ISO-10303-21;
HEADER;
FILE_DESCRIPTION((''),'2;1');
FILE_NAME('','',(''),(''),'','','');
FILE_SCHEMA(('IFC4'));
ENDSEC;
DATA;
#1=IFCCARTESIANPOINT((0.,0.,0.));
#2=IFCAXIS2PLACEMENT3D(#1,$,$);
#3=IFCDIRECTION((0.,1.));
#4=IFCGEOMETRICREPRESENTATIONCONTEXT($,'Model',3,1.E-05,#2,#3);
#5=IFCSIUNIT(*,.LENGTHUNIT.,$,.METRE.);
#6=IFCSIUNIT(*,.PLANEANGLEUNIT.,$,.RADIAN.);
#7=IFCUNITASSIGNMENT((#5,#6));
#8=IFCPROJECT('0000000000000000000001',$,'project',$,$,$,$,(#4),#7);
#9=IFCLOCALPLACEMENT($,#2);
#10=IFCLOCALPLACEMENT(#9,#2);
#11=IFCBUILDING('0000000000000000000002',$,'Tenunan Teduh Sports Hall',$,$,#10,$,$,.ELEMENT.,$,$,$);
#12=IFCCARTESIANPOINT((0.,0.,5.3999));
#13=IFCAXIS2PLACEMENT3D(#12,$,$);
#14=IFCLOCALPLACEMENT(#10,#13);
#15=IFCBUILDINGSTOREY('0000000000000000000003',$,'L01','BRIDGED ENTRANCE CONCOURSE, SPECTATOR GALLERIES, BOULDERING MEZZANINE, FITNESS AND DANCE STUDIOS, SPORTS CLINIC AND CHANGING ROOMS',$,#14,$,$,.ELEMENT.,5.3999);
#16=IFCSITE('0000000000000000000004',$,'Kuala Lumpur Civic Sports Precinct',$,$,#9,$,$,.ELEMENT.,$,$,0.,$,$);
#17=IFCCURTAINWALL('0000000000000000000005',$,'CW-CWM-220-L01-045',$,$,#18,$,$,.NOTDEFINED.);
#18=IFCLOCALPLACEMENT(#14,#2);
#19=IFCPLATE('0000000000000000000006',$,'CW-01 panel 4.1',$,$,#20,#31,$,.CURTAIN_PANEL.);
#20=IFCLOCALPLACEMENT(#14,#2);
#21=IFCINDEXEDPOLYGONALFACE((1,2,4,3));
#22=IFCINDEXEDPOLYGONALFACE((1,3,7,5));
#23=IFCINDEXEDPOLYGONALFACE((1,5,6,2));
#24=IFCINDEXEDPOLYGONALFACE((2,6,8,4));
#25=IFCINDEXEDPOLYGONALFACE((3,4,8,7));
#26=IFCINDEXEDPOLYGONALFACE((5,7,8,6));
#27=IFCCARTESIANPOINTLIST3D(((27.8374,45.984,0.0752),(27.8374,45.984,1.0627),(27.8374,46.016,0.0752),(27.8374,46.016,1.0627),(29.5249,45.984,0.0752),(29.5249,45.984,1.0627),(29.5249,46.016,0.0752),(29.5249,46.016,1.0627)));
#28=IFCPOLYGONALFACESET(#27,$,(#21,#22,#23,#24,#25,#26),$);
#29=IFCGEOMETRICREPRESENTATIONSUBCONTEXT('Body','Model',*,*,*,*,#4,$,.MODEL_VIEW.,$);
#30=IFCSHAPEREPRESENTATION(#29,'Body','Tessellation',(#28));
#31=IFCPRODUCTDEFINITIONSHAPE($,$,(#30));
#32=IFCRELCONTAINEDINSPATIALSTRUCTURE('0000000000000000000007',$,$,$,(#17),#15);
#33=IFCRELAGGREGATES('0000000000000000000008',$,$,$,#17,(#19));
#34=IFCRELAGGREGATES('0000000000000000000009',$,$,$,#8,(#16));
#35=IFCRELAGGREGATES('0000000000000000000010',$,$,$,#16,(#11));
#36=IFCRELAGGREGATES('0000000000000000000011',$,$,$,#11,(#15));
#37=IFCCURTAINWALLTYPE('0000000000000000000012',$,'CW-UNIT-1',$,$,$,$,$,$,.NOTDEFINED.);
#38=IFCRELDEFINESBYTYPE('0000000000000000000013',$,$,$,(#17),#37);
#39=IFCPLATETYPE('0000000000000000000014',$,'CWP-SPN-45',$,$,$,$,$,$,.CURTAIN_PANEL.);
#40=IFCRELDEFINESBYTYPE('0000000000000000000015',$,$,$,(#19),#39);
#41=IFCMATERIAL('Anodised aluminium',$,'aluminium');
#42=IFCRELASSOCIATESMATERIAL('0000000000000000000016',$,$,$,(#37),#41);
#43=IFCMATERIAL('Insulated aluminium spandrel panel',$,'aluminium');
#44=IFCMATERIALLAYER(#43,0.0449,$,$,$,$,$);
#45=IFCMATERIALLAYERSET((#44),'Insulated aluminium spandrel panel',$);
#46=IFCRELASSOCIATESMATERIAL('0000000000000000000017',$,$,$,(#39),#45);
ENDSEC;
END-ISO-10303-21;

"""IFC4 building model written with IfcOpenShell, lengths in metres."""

from ifc_helpers import new_model, si_unit, direction, frame, origin, origin_2d, place, context, subcontext, project, spatial, rectangle, extrude, material, layer, layer_set, type_object, element, aggregate, save


model = new_model("IFC4")

# Units and contexts
model_context = context("Model", 3, precision=1e-05, world=origin(), true_north=direction((0.0, 1.0)))
body_context = subcontext(model_context, "Body", "Model", "MODEL_VIEW")
ifc_project = project(units=[si_unit("LENGTHUNIT", "METRE"), si_unit("PLANEANGLEUNIT", "RADIAN")], contexts=[model_context])

# Site, building, storey
site_placement = place(None, origin())
site = spatial("IfcSite", under=ifc_project, at=site_placement, Name="Kuala Lumpur Civic Sports Precinct", CompositionType="ELEMENT", RefElevation=0.0)
building_placement = place(site_placement, origin())
building = spatial("IfcBuilding", under=site, at=building_placement, Name="Tenunan Teduh Sports Hall", CompositionType="ELEMENT")
storey_placement = place(building_placement, frame((0.0, 0.0, 5.3999)))
storey = spatial("IfcBuildingStorey", under=building, at=storey_placement, Name="L01", Description="BRIDGED ENTRANCE CONCOURSE, SPECTATOR GALLERIES, BOULDERING MEZZANINE, FITNESS AND DANCE STUDIOS, SPORTS CLINIC AND CHANGING ROOMS", CompositionType="ELEMENT", Elevation=5.3999)

# Shared definitions
ifc_material_1 = material(Name="Anodised aluminium", Category="aluminium")
curtain_wall_type = type_object("IfcCurtainWallType", Name="CW-UNIT-1", PredefinedType="NOTDEFINED", material=ifc_material_1)

# Curtain wall
curtain_wall_1_placement = place(storey_placement, origin())
curtain_wall_1 = element("IfcCurtainWall", 1, at=curtain_wall_1_placement, inside=storey, type_object=curtain_wall_type, Name="CW-CWM-220-L01-045", PredefinedType="NOTDEFINED")

# Plate
ifc_material_2 = material(Name="Insulated aluminium spandrel panel", Category="aluminium")
ifc_layer_1 = layer(ifc_material_2, 0.0449)
ifc_layer_set_1 = layer_set([ifc_layer_1], Name="Insulated aluminium spandrel panel")
plate_type_1 = type_object("IfcPlateType", Name="CWP-SPN-45", PredefinedType="CURTAIN_PANEL", material=ifc_layer_set_1)
plate_1_placement = place(storey_placement, frame((28.6812, 46.0, 0.0752), z_axis=(0.0, 0.0, 1.0), x_axis=(1.0, 0.0, 0.0)))
plate_1 = element("IfcPlate", 2, at=plate_1_placement, type_object=plate_type_1, Name="CW-01 panel 4.1", PredefinedType="CURTAIN_PANEL", context=body_context, shape_type="SweptSolid", body=[
    extrude(rectangle(XDim=1.6875, YDim=0.032, at=origin_2d()), origin(), (0.0, 0.0, 1.0), 0.9875),
])
aggregate(curtain_wall_1, [plate_1])

save(model, "model.ifc")
